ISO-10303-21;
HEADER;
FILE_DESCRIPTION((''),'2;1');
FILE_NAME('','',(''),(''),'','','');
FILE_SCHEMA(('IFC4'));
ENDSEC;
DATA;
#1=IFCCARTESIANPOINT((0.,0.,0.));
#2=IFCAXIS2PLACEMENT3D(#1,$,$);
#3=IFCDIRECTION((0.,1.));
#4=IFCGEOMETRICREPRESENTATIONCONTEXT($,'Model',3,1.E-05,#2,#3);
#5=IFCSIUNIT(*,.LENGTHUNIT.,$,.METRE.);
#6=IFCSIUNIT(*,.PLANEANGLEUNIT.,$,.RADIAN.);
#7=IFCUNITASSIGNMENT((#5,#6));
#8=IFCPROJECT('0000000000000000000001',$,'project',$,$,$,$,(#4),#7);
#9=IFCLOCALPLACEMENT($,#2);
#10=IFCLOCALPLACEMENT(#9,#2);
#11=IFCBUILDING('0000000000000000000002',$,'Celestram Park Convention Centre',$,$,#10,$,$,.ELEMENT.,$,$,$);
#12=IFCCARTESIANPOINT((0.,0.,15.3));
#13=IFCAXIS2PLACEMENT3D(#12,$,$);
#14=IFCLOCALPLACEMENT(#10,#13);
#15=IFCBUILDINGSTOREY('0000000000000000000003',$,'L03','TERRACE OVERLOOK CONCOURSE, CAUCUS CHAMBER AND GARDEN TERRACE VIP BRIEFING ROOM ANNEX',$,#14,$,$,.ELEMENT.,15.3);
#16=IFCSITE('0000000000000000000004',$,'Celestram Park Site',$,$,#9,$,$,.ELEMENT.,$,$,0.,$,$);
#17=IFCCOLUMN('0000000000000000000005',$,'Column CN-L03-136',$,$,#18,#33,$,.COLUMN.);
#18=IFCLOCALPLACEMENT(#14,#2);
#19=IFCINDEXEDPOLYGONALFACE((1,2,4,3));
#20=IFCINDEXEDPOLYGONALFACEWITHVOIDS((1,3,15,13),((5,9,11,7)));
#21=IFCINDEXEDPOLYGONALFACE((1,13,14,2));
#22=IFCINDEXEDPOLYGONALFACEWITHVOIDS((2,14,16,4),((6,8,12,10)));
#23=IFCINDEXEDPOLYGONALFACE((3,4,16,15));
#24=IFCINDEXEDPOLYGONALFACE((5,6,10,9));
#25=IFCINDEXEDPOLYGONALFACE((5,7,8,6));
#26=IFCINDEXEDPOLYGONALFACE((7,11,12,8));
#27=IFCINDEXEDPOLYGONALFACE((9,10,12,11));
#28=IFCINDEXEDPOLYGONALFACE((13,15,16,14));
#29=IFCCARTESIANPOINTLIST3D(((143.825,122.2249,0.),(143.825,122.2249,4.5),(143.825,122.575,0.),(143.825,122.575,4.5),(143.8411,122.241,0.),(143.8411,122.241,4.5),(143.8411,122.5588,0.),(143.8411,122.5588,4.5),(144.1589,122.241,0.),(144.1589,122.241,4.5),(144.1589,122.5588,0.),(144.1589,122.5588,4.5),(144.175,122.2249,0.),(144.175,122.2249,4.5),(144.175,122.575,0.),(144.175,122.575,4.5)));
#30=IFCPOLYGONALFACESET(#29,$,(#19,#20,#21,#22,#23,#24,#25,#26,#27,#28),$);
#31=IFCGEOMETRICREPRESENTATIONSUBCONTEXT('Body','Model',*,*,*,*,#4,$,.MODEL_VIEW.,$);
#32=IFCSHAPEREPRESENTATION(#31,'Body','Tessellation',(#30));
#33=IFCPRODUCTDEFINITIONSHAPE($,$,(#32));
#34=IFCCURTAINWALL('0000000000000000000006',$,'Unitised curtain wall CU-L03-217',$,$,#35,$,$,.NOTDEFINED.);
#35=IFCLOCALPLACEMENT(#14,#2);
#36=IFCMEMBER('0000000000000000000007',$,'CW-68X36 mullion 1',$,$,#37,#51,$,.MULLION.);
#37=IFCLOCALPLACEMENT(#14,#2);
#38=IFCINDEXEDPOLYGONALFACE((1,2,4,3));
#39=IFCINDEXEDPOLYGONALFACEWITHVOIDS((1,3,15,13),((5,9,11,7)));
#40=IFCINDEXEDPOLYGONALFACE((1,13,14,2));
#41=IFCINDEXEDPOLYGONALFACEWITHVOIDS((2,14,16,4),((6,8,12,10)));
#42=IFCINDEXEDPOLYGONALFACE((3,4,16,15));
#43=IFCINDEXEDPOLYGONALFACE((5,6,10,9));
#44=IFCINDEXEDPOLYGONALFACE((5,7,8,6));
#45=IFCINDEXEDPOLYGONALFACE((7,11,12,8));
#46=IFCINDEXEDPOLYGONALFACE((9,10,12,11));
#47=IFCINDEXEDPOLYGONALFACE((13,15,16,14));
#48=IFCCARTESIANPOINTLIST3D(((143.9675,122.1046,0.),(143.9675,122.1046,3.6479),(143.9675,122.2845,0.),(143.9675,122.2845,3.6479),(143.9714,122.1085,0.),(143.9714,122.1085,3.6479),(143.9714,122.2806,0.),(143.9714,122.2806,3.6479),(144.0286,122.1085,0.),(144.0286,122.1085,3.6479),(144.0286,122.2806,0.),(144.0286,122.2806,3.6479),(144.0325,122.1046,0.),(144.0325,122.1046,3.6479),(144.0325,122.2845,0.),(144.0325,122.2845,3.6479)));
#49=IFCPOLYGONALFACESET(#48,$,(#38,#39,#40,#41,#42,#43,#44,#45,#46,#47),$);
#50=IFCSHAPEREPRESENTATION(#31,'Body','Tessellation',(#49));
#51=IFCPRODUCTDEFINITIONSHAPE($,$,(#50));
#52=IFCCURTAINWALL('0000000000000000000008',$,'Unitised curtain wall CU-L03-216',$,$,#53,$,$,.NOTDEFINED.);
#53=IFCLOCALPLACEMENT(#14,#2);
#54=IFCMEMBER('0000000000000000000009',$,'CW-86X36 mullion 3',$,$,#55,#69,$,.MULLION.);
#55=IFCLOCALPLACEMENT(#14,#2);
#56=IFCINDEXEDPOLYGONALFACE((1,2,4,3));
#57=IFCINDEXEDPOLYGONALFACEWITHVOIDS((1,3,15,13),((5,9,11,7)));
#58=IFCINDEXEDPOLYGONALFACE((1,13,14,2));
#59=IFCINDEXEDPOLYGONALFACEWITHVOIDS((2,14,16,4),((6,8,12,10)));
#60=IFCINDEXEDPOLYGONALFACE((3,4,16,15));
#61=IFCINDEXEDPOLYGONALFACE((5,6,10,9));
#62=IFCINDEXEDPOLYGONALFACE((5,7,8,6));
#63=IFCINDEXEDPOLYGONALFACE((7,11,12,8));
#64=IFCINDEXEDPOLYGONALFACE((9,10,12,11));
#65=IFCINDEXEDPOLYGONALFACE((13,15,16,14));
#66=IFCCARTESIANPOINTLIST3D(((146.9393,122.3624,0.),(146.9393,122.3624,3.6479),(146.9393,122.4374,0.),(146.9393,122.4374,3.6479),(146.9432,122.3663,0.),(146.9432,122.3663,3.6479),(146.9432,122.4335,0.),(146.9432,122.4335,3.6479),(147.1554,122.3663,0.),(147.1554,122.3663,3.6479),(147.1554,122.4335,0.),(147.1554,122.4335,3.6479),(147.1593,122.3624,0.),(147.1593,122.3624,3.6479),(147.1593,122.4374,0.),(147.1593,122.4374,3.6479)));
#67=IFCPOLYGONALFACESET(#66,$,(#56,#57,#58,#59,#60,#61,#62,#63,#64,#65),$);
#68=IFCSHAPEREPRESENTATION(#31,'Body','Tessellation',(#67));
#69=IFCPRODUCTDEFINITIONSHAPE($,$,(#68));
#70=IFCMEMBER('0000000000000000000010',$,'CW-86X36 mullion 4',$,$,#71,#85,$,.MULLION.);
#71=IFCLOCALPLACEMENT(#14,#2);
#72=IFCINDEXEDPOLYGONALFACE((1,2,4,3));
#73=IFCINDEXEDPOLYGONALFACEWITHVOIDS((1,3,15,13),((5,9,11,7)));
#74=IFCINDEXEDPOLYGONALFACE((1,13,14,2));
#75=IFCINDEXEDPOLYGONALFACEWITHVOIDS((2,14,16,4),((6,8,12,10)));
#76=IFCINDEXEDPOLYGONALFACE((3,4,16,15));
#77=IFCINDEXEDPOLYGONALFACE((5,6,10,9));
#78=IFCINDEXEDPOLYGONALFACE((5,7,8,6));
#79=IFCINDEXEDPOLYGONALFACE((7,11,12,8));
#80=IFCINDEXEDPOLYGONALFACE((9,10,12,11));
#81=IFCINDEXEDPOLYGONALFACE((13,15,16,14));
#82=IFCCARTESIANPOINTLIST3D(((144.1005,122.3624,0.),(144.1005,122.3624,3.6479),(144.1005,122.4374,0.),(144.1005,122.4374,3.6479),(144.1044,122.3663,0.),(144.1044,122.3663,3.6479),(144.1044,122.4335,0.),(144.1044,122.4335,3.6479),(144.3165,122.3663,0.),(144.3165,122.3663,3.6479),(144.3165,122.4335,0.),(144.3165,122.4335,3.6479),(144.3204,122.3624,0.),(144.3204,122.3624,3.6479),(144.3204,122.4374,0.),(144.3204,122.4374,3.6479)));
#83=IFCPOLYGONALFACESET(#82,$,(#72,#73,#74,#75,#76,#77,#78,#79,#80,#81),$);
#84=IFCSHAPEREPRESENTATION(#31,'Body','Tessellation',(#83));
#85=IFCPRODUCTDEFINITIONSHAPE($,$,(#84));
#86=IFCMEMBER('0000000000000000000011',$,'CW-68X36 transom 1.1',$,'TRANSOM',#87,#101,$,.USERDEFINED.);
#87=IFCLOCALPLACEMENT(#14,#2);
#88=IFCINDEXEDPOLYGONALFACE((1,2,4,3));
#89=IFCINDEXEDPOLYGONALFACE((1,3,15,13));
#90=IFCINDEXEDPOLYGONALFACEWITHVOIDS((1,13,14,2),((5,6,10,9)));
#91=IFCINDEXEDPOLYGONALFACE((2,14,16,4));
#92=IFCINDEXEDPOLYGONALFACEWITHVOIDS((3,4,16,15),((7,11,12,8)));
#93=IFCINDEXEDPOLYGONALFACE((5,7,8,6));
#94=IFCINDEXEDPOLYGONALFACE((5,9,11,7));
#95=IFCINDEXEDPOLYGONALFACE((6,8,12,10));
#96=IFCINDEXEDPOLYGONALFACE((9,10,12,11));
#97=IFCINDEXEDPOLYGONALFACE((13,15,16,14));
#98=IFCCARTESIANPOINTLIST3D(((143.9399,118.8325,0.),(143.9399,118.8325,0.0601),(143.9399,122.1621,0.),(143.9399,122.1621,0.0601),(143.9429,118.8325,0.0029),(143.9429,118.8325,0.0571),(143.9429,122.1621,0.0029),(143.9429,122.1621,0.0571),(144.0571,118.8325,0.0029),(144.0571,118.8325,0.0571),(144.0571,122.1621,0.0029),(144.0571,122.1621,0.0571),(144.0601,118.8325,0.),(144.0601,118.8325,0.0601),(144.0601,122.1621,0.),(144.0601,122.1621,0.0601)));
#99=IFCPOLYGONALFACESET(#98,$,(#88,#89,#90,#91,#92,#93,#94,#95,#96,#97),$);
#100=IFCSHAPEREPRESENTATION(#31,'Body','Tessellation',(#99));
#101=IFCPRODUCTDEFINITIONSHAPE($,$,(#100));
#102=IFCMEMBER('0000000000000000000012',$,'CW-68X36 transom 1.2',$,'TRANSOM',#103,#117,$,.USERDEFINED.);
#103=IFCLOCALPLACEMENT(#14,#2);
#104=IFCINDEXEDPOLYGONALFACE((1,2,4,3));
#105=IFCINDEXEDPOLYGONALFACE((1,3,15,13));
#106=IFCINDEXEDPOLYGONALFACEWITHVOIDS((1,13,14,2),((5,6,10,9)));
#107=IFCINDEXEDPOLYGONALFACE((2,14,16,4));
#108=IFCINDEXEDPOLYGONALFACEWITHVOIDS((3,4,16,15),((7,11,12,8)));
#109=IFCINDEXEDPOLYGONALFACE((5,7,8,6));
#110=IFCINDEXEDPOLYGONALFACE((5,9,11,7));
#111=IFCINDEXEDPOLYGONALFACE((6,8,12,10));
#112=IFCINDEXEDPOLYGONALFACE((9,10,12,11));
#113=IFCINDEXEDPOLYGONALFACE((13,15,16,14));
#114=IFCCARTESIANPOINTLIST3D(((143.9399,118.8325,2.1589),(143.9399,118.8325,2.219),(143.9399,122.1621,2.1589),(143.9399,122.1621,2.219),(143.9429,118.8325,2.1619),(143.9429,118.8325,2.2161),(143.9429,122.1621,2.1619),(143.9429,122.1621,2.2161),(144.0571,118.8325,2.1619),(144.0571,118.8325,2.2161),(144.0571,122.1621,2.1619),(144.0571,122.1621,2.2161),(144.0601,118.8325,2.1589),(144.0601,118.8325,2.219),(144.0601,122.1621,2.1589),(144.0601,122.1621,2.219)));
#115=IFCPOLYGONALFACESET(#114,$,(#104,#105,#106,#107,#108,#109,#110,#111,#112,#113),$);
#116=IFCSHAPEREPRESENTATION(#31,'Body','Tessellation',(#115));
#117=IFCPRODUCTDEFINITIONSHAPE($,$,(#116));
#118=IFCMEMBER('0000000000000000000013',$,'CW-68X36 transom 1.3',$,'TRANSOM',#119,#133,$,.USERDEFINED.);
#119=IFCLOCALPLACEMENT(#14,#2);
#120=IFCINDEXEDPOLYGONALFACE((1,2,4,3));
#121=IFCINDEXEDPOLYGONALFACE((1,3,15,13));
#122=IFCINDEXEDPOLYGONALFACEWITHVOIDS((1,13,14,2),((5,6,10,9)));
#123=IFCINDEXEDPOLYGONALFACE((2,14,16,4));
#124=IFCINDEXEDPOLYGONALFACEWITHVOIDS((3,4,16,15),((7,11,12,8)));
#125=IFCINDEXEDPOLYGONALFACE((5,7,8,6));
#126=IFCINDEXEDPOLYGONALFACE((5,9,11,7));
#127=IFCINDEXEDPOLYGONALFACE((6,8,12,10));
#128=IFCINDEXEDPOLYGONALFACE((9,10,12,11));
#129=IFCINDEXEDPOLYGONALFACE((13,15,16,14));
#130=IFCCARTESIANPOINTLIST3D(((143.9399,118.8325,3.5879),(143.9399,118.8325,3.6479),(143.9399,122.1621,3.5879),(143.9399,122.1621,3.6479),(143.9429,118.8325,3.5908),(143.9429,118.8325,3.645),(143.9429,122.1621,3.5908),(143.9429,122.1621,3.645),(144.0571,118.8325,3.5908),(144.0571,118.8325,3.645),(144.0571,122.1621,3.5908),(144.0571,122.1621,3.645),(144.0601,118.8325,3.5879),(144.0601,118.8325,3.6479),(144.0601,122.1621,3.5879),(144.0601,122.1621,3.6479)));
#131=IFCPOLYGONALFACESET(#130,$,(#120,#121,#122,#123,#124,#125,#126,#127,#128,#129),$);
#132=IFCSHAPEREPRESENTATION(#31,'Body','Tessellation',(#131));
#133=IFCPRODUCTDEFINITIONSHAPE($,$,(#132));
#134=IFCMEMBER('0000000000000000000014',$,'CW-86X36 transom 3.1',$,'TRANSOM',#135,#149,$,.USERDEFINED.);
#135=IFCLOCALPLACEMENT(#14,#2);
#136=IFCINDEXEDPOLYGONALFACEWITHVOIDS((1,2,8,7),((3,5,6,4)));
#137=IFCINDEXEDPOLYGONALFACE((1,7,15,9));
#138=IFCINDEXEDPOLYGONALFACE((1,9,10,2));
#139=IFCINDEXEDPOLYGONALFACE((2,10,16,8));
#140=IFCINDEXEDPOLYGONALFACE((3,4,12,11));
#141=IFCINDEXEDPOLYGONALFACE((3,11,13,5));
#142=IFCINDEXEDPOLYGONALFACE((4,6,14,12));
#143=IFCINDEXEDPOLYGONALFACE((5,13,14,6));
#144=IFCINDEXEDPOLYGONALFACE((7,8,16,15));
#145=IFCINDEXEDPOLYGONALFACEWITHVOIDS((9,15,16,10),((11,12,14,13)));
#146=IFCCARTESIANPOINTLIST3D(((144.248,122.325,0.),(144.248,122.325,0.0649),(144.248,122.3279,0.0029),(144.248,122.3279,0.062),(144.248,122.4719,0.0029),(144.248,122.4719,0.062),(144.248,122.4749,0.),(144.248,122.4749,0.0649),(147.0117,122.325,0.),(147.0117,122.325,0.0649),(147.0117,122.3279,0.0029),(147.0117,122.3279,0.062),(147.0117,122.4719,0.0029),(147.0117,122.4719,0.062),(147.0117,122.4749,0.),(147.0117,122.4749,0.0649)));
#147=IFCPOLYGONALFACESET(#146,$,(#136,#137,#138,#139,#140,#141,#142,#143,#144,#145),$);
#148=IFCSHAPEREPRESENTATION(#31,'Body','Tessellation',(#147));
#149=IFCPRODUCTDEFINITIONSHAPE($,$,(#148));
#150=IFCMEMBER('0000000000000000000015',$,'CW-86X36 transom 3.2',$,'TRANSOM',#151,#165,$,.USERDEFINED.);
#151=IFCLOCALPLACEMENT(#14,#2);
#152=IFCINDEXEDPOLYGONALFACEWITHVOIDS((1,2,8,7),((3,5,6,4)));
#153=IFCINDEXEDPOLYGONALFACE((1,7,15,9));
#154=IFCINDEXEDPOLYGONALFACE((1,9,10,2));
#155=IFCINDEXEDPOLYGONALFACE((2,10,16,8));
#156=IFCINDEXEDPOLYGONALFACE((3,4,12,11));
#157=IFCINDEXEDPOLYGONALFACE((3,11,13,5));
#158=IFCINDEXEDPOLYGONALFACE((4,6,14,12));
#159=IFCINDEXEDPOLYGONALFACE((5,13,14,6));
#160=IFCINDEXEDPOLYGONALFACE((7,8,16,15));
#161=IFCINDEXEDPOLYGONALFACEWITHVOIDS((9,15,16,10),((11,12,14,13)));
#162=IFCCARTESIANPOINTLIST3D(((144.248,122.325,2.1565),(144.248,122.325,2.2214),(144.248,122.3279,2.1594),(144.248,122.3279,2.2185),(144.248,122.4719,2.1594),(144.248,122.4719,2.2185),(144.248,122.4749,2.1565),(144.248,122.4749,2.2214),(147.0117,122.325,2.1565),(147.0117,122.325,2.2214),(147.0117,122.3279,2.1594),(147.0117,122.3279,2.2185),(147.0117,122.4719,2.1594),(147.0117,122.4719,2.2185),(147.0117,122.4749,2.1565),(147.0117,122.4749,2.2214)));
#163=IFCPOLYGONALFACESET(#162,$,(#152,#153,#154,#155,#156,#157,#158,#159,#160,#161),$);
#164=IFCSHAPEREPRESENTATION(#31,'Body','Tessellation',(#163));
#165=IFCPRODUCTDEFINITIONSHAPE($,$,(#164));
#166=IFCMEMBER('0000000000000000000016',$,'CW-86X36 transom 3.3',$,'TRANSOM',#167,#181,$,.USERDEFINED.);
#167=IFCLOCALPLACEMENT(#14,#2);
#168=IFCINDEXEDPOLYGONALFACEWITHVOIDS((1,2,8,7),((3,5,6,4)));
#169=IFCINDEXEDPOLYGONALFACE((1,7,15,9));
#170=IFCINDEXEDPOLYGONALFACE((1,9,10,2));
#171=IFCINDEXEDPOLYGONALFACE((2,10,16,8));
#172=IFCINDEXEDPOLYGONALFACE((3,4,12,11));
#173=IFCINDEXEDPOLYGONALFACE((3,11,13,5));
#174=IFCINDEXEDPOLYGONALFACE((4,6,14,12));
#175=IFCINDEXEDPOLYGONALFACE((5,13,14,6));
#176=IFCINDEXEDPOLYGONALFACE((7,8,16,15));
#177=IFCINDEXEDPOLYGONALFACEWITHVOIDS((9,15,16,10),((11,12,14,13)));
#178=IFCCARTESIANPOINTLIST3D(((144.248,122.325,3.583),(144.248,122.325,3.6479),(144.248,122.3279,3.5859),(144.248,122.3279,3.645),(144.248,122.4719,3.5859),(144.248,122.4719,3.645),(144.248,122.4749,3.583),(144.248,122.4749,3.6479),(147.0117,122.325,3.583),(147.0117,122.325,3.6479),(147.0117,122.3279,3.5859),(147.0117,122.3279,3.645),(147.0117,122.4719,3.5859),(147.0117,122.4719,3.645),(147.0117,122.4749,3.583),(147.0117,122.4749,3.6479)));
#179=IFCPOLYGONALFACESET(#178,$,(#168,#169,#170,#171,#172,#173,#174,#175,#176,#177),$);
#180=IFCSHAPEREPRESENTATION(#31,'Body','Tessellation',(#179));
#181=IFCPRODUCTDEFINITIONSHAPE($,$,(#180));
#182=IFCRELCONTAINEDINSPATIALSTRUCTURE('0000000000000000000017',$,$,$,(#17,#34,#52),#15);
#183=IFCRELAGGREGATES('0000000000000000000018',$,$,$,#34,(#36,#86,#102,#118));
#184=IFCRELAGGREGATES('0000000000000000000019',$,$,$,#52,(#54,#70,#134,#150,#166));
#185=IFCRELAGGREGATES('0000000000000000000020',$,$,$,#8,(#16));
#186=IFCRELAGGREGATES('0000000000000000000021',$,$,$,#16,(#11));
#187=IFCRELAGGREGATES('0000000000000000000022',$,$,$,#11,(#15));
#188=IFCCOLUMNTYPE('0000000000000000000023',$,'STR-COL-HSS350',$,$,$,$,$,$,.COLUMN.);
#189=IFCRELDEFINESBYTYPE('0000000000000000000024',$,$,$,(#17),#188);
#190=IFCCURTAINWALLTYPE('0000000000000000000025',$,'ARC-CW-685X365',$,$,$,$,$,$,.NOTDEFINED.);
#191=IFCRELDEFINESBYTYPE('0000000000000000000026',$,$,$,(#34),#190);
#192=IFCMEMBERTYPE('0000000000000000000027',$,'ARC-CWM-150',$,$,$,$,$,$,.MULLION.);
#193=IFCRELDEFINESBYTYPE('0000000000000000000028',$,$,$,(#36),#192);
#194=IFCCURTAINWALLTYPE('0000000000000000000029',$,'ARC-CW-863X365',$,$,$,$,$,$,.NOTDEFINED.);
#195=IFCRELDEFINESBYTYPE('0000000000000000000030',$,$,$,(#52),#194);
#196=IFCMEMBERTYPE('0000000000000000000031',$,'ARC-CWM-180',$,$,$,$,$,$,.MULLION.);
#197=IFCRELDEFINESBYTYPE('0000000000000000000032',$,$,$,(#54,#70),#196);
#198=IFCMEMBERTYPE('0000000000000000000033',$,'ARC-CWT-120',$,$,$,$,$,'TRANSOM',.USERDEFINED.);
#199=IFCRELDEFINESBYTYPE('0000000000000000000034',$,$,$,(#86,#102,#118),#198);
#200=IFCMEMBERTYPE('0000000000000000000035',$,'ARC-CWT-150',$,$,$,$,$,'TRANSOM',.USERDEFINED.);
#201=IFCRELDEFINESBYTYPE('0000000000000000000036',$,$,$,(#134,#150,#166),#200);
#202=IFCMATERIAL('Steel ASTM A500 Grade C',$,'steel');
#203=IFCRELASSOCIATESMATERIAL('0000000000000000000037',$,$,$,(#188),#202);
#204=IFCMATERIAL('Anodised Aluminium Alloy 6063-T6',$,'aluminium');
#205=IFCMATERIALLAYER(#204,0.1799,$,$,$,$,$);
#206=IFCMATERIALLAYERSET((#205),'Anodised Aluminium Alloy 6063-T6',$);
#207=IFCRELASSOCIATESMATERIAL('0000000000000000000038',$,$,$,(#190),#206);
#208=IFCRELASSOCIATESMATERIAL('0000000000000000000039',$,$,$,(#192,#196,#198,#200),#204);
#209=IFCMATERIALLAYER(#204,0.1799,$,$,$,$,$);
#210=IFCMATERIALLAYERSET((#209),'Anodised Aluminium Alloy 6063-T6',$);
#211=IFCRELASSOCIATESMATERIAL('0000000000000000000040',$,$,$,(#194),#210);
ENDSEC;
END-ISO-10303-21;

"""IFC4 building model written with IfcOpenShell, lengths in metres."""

from ifc_helpers import new_model, si_unit, direction, frame, origin, origin_2d, place, context, subcontext, project, spatial, hollow_rectangle, extrude, material, layer, layer_set, material_profile, profile_set, type_object, element, aggregate, save


model = new_model("IFC4")

# Units and contexts
model_context = context("Model", 3, precision=1e-05, world=origin(), true_north=direction((0.0, 1.0)))
body_context = subcontext(model_context, "Body", "Model", "MODEL_VIEW")
ifc_project = project(units=[si_unit("LENGTHUNIT", "METRE"), si_unit("PLANEANGLEUNIT", "RADIAN")], contexts=[model_context])

# Site, building, storey
site_placement = place(None, origin())
site = spatial("IfcSite", under=ifc_project, at=site_placement, Name="Celestram Park Site", CompositionType="ELEMENT", RefElevation=0.0)
building_placement = place(site_placement, origin())
building = spatial("IfcBuilding", under=site, at=building_placement, Name="Celestram Park Convention Centre", CompositionType="ELEMENT")
storey_placement = place(building_placement, frame((0.0, 0.0, 15.3)))
storey = spatial("IfcBuildingStorey", under=building, at=storey_placement, Name="L03", Description="TERRACE OVERLOOK CONCOURSE, CAUCUS CHAMBER AND GARDEN TERRACE VIP BRIEFING ROOM ANNEX", CompositionType="ELEMENT", Elevation=15.3)

# Column
ifc_material_1 = material(Name="Steel ASTM A500 Grade C", Category="steel")
ifc_material_profile_1 = material_profile(ifc_material_1, hollow_rectangle(XDim=0.3501, YDim=0.3501, WallThickness=0.0161, at=origin_2d()), Name="HSS350X350X16")
ifc_profile_set_1 = profile_set([ifc_material_profile_1], Name="Steel ASTM A500 Grade C")
column_type = type_object("IfcColumnType", Name="STR-COL-HSS350", PredefinedType="COLUMN", material=ifc_profile_set_1)
column_placement = place(storey_placement, frame((144.0, 122.3999, 0.0), z_axis=(0.0, 0.0, 1.0), x_axis=(1.0, 0.0, 0.0)))
element("IfcColumn", 1, at=column_placement, inside=storey, type_object=column_type, Name="Column CN-L03-136", PredefinedType="COLUMN", context=body_context, shape_type="SweptSolid", body=[
    extrude(hollow_rectangle(XDim=0.3501, YDim=0.3501, WallThickness=0.0161, at=origin_2d()), origin(), (0.0, 0.0, 1.0), 4.5),
])

# Curtain wall, member
ifc_material_2 = material(Name="Anodised Aluminium Alloy 6063-T6", Category="aluminium")
ifc_layer_1 = layer(ifc_material_2, 0.1799)
ifc_layer_set_1 = layer_set([ifc_layer_1], Name="Anodised Aluminium Alloy 6063-T6")
curtain_wall_type_1 = type_object("IfcCurtainWallType", Name="ARC-CW-685X365", PredefinedType="NOTDEFINED", material=ifc_layer_set_1)
curtain_wall_1_placement = place(storey_placement, origin())
curtain_wall_1 = element("IfcCurtainWall", 2, at=curtain_wall_1_placement, inside=storey, type_object=curtain_wall_type_1, Name="Unitised curtain wall CU-L03-217", PredefinedType="NOTDEFINED")
ifc_material_profile_2 = material_profile(ifc_material_2, hollow_rectangle(XDim=0.0649, YDim=0.1799, WallThickness=0.0039, at=origin_2d()), Name="ALU65X180X4")
ifc_profile_set_2 = profile_set([ifc_material_profile_2], Name="Anodised Aluminium Alloy 6063-T6")
member_type_1 = type_object("IfcMemberType", Name="ARC-CWM-150", PredefinedType="MULLION", material=ifc_profile_set_2)
member_1_placement = place(storey_placement, frame((144.0, 122.1946, 0.0), z_axis=(0.0, 0.0, 1.0), x_axis=(1.0, 0.0, 0.0)))
member_1 = element("IfcMember", 3, at=member_1_placement, type_object=member_type_1, Name="CW-68X36 mullion 1", PredefinedType="MULLION", context=body_context, shape_type="SweptSolid", body=[
    extrude(hollow_rectangle(XDim=0.0649, YDim=0.1799, WallThickness=0.0039, at=origin_2d()), origin(), (0.0, 0.0, 1.0), 3.6479),
])

# Curtain wall, members
ifc_layer_2 = layer(ifc_material_2, 0.1799)
ifc_layer_set_2 = layer_set([ifc_layer_2], Name="Anodised Aluminium Alloy 6063-T6")
curtain_wall_type_2 = type_object("IfcCurtainWallType", Name="ARC-CW-863X365", PredefinedType="NOTDEFINED", material=ifc_layer_set_2)
curtain_wall_2_placement = place(storey_placement, origin())
curtain_wall_2 = element("IfcCurtainWall", 4, at=curtain_wall_2_placement, inside=storey, type_object=curtain_wall_type_2, Name="Unitised curtain wall CU-L03-216", PredefinedType="NOTDEFINED")
ifc_material_profile_3 = material_profile(ifc_material_2, hollow_rectangle(XDim=0.075, YDim=0.22, WallThickness=0.0039, at=origin_2d()), Name="ALU75X220X4")
ifc_profile_set_3 = profile_set([ifc_material_profile_3], Name="Anodised Aluminium Alloy 6063-T6")
member_type_2 = type_object("IfcMemberType", Name="ARC-CWM-180", PredefinedType="MULLION", material=ifc_profile_set_3)
member_2_placement = place(storey_placement, frame((147.0493, 122.3999, 0.0), z_axis=(0.0, 0.0, 1.0), x_axis=(0.0, -1.0, 0.0)))
member_2 = element("IfcMember", 5, at=member_2_placement, type_object=member_type_2, Name="CW-86X36 mullion 3", PredefinedType="MULLION", context=body_context, shape_type="SweptSolid", body=[
    extrude(hollow_rectangle(XDim=0.075, YDim=0.22, WallThickness=0.0039, at=origin_2d()), origin(), (0.0, 0.0, 1.0), 3.6479),
])
member_3_placement = place(storey_placement, frame((144.2104, 122.3999, 0.0), z_axis=(0.0, 0.0, 1.0), x_axis=(0.0, -1.0, 0.0)))
member_3 = element("IfcMember", 6, at=member_3_placement, type_object=member_type_2, Name="CW-86X36 mullion 4", PredefinedType="MULLION", context=body_context, shape_type="SweptSolid", body=[
    extrude(hollow_rectangle(XDim=0.075, YDim=0.22, WallThickness=0.0039, at=origin_2d()), origin(), (0.0, 0.0, 1.0), 3.6479),
])

# Members
ifc_material_profile_4 = material_profile(ifc_material_2, hollow_rectangle(XDim=0.1201, YDim=0.0601, WallThickness=0.0029, at=origin_2d()), Name="ALU120X60X3")
ifc_profile_set_4 = profile_set([ifc_material_profile_4], Name="Anodised Aluminium Alloy 6063-T6")
member_type_3 = type_object("IfcMemberType", Name="ARC-CWT-120", ElementType="TRANSOM", PredefinedType="USERDEFINED", material=ifc_profile_set_4)
member_4_placement = place(storey_placement, frame((144.0, 122.1621, 0.03), z_axis=(0.0, -1.0, 0.0), x_axis=(1.0, 0.0, 0.0)))
member_4 = element("IfcMember", 7, at=member_4_placement, type_object=member_type_3, Name="CW-68X36 transom 1.1", ObjectType="TRANSOM", PredefinedType="USERDEFINED", context=body_context, shape_type="SweptSolid", body=[
    extrude(hollow_rectangle(XDim=0.1201, YDim=0.0601, WallThickness=0.0029, at=origin_2d()), origin(), (0.0, 0.0, 1.0), 3.3296),
])
member_5_placement = place(storey_placement, frame((144.0, 122.1621, 2.189), z_axis=(0.0, -1.0, 0.0), x_axis=(1.0, 0.0, 0.0)))
member_5 = element("IfcMember", 8, at=member_5_placement, type_object=member_type_3, Name="CW-68X36 transom 1.2", ObjectType="TRANSOM", PredefinedType="USERDEFINED", context=body_context, shape_type="SweptSolid", body=[
    extrude(hollow_rectangle(XDim=0.1201, YDim=0.0601, WallThickness=0.0029, at=origin_2d()), origin(), (0.0, 0.0, 1.0), 3.3296),
])
member_6_placement = place(storey_placement, frame((144.0, 122.1621, 3.6179), z_axis=(0.0, -1.0, 0.0), x_axis=(1.0, 0.0, 0.0)))
member_6 = element("IfcMember", 9, at=member_6_placement, type_object=member_type_3, Name="CW-68X36 transom 1.3", ObjectType="TRANSOM", PredefinedType="USERDEFINED", context=body_context, shape_type="SweptSolid", body=[
    extrude(hollow_rectangle(XDim=0.1201, YDim=0.0601, WallThickness=0.0029, at=origin_2d()), origin(), (0.0, 0.0, 1.0), 3.3296),
])
aggregate(curtain_wall_1, [member_1, member_4, member_5, member_6])
ifc_material_profile_5 = material_profile(ifc_material_2, hollow_rectangle(XDim=0.1499, YDim=0.0649, WallThickness=0.0029, at=origin_2d()), Name="ALU150X65X3")
ifc_profile_set_5 = profile_set([ifc_material_profile_5], Name="Anodised Aluminium Alloy 6063-T6")
member_type_4 = type_object("IfcMemberType", Name="ARC-CWT-150", ElementType="TRANSOM", PredefinedType="USERDEFINED", material=ifc_profile_set_5)
member_7_placement = place(storey_placement, frame((147.0117, 122.3999, 0.0325), z_axis=(-1.0, 0.0, 0.0), x_axis=(0.0, -1.0, 0.0)))
member_7 = element("IfcMember", 10, at=member_7_placement, type_object=member_type_4, Name="CW-86X36 transom 3.1", ObjectType="TRANSOM", PredefinedType="USERDEFINED", context=body_context, shape_type="SweptSolid", body=[
    extrude(hollow_rectangle(XDim=0.1499, YDim=0.0649, WallThickness=0.0029, at=origin_2d()), origin(), (0.0, 0.0, 1.0), 2.7637),
])
member_8_placement = place(storey_placement, frame((147.0117, 122.3999, 2.189), z_axis=(-1.0, 0.0, 0.0), x_axis=(0.0, -1.0, 0.0)))
member_8 = element("IfcMember", 11, at=member_8_placement, type_object=member_type_4, Name="CW-86X36 transom 3.2", ObjectType="TRANSOM", PredefinedType="USERDEFINED", context=body_context, shape_type="SweptSolid", body=[
    extrude(hollow_rectangle(XDim=0.1499, YDim=0.0649, WallThickness=0.0029, at=origin_2d()), origin(), (0.0, 0.0, 1.0), 2.7637),
])
member_9_placement = place(storey_placement, frame((147.0117, 122.3999, 3.6155), z_axis=(-1.0, 0.0, 0.0), x_axis=(0.0, -1.0, 0.0)))
member_9 = element("IfcMember", 12, at=member_9_placement, type_object=member_type_4, Name="CW-86X36 transom 3.3", ObjectType="TRANSOM", PredefinedType="USERDEFINED", context=body_context, shape_type="SweptSolid", body=[
    extrude(hollow_rectangle(XDim=0.1499, YDim=0.0649, WallThickness=0.0029, at=origin_2d()), origin(), (0.0, 0.0, 1.0), 2.7637),
])

aggregate(curtain_wall_2, [member_2, member_3, member_7, member_8, member_9])

save(model, "model.ifc")
